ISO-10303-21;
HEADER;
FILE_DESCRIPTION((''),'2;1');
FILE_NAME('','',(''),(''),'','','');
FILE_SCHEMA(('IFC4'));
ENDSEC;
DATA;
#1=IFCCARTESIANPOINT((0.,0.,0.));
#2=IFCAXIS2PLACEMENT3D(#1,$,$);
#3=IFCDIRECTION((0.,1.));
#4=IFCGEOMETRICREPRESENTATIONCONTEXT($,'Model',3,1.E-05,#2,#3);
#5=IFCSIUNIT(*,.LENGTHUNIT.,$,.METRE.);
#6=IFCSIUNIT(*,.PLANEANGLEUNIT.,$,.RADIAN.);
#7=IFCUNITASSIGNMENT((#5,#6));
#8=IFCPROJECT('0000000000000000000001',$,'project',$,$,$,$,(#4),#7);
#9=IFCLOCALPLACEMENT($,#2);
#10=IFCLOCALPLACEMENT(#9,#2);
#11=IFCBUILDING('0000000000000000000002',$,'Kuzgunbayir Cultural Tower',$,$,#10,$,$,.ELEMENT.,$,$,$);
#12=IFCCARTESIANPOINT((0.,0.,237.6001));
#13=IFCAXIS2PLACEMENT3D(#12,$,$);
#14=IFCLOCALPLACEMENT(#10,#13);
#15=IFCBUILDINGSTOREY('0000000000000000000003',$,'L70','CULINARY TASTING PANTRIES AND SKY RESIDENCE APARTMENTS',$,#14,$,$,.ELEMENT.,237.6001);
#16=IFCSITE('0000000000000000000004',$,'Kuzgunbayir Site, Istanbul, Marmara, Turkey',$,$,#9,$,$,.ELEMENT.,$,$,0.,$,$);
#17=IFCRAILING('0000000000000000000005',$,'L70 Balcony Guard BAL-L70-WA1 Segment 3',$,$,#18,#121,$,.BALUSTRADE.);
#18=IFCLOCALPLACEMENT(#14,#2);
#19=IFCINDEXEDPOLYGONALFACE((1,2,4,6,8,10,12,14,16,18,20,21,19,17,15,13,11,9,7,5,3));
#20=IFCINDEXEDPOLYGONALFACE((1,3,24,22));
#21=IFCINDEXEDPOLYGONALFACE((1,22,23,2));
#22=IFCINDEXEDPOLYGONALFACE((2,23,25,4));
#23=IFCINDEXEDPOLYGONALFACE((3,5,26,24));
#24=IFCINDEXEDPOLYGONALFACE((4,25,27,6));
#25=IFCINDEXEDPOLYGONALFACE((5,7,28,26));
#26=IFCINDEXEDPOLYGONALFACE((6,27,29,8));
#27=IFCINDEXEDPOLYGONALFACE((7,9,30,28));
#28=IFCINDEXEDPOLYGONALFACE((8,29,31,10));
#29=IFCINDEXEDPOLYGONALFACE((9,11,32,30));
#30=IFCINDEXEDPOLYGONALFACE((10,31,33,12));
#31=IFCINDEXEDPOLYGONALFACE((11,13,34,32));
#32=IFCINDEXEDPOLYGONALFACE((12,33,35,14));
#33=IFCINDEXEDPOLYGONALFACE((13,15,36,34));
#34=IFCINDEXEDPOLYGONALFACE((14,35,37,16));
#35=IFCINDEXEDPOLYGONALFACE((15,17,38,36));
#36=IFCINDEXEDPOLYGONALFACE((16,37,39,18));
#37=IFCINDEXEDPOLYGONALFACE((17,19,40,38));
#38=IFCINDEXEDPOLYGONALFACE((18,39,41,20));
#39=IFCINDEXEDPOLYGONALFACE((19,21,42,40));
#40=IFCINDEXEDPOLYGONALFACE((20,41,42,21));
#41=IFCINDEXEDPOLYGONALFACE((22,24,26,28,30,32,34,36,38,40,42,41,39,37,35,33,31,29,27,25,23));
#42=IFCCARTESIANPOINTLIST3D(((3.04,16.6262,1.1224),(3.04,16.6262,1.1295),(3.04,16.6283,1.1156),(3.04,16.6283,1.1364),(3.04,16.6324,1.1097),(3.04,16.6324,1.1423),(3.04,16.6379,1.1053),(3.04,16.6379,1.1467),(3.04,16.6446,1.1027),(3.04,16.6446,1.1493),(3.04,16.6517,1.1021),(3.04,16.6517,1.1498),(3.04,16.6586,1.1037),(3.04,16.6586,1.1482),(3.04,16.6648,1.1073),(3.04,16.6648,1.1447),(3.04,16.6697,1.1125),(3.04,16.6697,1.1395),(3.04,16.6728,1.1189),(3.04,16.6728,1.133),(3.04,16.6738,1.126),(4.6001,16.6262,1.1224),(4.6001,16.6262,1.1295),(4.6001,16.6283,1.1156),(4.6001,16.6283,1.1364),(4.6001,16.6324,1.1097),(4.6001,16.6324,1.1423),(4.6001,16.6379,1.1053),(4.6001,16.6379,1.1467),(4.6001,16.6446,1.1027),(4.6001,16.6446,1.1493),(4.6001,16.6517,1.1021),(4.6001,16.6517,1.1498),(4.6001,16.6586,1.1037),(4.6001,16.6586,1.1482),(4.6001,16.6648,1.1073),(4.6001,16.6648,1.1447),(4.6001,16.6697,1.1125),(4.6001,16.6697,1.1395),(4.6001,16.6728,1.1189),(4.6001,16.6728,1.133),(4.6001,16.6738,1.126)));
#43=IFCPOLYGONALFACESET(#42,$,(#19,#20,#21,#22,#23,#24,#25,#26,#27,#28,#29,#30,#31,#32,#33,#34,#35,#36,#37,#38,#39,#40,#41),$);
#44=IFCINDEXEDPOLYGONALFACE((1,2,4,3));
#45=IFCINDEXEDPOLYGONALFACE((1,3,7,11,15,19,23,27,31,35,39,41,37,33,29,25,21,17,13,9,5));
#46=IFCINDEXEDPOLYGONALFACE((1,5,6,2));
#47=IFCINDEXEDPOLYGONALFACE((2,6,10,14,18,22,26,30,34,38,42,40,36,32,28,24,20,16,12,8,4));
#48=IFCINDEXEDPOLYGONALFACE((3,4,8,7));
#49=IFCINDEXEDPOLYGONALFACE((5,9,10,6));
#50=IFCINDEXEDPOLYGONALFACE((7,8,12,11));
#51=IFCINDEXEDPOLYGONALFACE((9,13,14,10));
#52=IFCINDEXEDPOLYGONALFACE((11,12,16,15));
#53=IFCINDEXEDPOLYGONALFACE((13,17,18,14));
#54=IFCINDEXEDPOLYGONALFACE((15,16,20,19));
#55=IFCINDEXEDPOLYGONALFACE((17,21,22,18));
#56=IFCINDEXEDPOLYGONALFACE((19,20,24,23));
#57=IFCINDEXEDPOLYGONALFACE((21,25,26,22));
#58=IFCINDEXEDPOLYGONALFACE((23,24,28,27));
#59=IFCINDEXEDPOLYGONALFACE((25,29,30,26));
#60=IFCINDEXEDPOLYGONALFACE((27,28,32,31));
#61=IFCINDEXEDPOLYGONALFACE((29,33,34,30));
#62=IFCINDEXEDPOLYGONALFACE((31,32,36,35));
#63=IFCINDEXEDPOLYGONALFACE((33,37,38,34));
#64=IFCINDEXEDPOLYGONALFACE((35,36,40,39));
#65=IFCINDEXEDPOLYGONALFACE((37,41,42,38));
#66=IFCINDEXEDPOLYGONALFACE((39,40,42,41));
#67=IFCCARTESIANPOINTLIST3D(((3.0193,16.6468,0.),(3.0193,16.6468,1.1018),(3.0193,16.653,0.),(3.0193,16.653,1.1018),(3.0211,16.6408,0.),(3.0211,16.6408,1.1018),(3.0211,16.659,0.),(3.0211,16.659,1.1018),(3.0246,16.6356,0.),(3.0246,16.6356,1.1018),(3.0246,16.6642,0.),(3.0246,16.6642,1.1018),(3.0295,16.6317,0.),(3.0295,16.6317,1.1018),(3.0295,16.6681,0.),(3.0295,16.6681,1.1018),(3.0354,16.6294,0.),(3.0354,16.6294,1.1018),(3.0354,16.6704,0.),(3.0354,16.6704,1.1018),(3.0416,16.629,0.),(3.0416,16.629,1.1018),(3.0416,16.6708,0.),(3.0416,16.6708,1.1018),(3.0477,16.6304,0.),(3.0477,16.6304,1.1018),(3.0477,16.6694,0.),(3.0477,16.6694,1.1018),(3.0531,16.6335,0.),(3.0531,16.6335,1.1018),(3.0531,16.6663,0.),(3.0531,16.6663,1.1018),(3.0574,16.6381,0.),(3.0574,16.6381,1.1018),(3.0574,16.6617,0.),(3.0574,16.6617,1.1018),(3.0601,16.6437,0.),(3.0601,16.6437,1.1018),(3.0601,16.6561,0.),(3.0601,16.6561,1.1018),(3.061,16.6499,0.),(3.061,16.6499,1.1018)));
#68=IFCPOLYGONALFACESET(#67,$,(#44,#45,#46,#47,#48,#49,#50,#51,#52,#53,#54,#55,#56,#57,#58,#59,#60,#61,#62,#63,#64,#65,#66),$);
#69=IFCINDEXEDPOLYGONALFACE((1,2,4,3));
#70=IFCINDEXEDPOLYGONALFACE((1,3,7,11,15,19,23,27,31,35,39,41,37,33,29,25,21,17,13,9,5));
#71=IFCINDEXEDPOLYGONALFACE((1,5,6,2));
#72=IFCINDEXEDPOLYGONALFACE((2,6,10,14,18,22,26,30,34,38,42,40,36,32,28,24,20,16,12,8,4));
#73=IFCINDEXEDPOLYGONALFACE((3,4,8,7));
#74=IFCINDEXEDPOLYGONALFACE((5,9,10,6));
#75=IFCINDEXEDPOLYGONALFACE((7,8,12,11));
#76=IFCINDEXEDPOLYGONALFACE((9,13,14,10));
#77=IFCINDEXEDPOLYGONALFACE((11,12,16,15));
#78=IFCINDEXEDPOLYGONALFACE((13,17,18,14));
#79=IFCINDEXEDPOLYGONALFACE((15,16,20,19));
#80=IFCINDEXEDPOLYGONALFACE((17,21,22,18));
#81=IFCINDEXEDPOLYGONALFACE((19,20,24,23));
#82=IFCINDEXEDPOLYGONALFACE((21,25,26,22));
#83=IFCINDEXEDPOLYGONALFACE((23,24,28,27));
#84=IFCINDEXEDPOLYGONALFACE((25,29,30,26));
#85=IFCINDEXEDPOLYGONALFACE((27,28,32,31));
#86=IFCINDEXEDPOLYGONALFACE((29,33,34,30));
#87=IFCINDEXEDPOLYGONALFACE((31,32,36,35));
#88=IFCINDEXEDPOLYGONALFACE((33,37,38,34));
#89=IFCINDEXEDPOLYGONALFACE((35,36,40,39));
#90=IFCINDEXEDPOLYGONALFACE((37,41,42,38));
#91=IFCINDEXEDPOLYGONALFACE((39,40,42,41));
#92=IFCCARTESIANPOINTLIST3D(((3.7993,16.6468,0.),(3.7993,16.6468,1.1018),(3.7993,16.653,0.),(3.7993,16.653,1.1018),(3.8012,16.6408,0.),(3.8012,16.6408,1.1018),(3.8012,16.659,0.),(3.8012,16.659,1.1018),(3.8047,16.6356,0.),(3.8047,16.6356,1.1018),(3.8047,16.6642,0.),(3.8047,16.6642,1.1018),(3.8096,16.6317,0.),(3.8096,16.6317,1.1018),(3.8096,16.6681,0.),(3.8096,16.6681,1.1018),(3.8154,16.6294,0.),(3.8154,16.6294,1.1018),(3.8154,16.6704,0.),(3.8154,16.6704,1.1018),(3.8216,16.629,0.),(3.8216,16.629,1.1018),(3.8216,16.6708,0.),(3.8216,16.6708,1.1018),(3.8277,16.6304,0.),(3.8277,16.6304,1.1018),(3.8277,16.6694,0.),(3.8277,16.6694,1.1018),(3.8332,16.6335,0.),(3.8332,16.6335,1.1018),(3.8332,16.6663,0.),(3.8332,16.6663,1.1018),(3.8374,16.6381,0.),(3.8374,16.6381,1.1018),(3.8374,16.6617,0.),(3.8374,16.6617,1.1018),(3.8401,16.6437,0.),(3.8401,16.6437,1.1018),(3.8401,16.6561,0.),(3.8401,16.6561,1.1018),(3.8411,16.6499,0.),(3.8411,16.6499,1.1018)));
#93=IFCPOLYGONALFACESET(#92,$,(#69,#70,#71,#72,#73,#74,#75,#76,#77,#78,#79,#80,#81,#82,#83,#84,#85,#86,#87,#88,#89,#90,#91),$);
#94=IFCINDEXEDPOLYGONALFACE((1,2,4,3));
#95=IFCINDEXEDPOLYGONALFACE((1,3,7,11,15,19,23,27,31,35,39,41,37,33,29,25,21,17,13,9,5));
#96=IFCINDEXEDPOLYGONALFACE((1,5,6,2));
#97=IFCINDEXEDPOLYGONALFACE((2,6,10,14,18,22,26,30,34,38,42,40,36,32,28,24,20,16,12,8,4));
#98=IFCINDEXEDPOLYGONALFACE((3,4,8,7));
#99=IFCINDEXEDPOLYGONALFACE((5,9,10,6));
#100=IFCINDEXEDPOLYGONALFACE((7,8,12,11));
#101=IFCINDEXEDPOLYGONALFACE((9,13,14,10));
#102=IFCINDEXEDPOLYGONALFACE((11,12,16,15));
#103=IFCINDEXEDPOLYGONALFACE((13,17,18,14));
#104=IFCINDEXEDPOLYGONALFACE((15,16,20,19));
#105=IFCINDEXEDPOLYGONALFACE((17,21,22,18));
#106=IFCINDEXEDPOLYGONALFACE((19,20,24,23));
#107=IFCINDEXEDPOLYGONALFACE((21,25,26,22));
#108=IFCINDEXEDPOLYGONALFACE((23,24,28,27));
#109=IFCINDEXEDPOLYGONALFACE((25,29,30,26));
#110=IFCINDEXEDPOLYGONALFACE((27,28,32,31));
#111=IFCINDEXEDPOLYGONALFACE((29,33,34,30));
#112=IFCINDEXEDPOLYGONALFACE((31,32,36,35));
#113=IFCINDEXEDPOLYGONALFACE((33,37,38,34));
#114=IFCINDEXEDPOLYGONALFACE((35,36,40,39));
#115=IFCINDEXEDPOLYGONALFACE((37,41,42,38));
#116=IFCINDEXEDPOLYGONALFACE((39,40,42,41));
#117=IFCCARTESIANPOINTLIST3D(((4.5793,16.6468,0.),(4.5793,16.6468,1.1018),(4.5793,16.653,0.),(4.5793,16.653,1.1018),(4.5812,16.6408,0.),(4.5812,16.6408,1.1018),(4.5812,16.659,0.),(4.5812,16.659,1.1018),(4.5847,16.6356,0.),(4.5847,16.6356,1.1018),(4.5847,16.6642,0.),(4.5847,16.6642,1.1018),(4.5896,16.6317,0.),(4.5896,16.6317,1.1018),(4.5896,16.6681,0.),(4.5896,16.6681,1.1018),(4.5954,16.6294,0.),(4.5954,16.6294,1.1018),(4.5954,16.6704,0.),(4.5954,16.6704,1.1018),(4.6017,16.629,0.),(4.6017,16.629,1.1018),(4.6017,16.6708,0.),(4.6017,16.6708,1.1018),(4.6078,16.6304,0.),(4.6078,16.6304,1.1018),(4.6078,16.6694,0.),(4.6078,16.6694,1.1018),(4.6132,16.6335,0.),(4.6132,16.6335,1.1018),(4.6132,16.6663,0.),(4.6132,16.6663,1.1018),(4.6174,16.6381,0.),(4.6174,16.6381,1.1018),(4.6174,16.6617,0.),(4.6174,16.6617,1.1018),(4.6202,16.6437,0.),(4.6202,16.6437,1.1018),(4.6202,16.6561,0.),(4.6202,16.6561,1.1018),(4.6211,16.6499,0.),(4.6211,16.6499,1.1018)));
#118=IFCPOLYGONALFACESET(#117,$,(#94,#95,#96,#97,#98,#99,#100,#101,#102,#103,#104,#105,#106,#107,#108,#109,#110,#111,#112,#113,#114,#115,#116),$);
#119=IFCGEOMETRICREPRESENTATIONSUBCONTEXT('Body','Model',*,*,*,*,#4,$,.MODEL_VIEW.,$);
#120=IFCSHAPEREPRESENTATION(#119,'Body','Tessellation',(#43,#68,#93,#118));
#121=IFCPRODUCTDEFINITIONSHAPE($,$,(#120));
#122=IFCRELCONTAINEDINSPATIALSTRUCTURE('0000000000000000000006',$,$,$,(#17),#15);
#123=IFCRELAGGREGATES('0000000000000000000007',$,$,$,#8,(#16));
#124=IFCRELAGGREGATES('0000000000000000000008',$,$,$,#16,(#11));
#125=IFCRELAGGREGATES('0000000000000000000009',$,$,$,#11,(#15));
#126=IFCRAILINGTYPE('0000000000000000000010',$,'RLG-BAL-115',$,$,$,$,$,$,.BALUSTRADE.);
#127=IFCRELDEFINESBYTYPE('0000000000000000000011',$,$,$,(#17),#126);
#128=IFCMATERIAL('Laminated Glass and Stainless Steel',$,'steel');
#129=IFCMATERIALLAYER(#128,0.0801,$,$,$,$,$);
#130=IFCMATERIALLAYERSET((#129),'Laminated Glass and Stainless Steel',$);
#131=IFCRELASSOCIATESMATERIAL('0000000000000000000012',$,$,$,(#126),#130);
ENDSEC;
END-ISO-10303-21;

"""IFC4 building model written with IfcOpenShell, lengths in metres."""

from ifc_helpers import new_model, si_unit, direction, frame, origin, origin_2d, place, context, subcontext, project, spatial, circle, extrude, material, layer, layer_set, type_object, element, save


model = new_model("IFC4")

# Units and contexts
model_context = context("Model", 3, precision=1e-05, world=origin(), true_north=direction((0.0, 1.0)))
body_context = subcontext(model_context, "Body", "Model", "MODEL_VIEW")
ifc_project = project(units=[si_unit("LENGTHUNIT", "METRE"), si_unit("PLANEANGLEUNIT", "RADIAN")], contexts=[model_context])

# Site, building, storey
site_placement = place(None, origin())
site = spatial("IfcSite", under=ifc_project, at=site_placement, Name="Kuzgunbayir Site, Istanbul, Marmara, Turkey", CompositionType="ELEMENT", RefElevation=0.0)
building_placement = place(site_placement, origin())
building = spatial("IfcBuilding", under=site, at=building_placement, Name="Kuzgunbayir Cultural Tower", CompositionType="ELEMENT")
storey_placement = place(building_placement, frame((0.0, 0.0, 237.6001)))
storey = spatial("IfcBuildingStorey", under=building, at=storey_placement, Name="L70", Description="CULINARY TASTING PANTRIES AND SKY RESIDENCE APARTMENTS", CompositionType="ELEMENT", Elevation=237.6001)

# Railing
ifc_material_1 = material(Name="Laminated Glass and Stainless Steel", Category="steel")
ifc_layer_1 = layer(ifc_material_1, 0.0801)
ifc_layer_set_1 = layer_set([ifc_layer_1], Name="Laminated Glass and Stainless Steel")
railing_type = type_object("IfcRailingType", Name="RLG-BAL-115", PredefinedType="BALUSTRADE", material=ifc_layer_set_1)
railing_1_placement = place(storey_placement, frame((3.04, 16.6499, 0.0)))
element("IfcRailing", 1, at=railing_1_placement, inside=storey, type_object=railing_type, Name="L70 Balcony Guard BAL-L70-WA1 Segment 3", PredefinedType="BALUSTRADE", context=body_context, shape_type="SweptSolid", body=[
    extrude(circle(Radius=0.0239, at=origin_2d()), frame((0.0, 0.0, 1.126), z_axis=(1.0, 0.0, 0.0), x_axis=(0.0, 1.0, 0.0)), (0.0, 0.0, 1.0), 1.5601),
    extrude(circle(Radius=0.021, at=origin_2d()), origin(), (0.0, 0.0, 1.0), 1.1018),
    extrude(circle(Radius=0.021, at=origin_2d()), frame((0.78, 0.0, 0.0)), (0.0, 0.0, 1.0), 1.1018),
    extrude(circle(Radius=0.021, at=origin_2d()), frame((1.5601, 0.0, 0.0)), (0.0, 0.0, 1.0), 1.1018),
])

save(model, "model.ifc")
